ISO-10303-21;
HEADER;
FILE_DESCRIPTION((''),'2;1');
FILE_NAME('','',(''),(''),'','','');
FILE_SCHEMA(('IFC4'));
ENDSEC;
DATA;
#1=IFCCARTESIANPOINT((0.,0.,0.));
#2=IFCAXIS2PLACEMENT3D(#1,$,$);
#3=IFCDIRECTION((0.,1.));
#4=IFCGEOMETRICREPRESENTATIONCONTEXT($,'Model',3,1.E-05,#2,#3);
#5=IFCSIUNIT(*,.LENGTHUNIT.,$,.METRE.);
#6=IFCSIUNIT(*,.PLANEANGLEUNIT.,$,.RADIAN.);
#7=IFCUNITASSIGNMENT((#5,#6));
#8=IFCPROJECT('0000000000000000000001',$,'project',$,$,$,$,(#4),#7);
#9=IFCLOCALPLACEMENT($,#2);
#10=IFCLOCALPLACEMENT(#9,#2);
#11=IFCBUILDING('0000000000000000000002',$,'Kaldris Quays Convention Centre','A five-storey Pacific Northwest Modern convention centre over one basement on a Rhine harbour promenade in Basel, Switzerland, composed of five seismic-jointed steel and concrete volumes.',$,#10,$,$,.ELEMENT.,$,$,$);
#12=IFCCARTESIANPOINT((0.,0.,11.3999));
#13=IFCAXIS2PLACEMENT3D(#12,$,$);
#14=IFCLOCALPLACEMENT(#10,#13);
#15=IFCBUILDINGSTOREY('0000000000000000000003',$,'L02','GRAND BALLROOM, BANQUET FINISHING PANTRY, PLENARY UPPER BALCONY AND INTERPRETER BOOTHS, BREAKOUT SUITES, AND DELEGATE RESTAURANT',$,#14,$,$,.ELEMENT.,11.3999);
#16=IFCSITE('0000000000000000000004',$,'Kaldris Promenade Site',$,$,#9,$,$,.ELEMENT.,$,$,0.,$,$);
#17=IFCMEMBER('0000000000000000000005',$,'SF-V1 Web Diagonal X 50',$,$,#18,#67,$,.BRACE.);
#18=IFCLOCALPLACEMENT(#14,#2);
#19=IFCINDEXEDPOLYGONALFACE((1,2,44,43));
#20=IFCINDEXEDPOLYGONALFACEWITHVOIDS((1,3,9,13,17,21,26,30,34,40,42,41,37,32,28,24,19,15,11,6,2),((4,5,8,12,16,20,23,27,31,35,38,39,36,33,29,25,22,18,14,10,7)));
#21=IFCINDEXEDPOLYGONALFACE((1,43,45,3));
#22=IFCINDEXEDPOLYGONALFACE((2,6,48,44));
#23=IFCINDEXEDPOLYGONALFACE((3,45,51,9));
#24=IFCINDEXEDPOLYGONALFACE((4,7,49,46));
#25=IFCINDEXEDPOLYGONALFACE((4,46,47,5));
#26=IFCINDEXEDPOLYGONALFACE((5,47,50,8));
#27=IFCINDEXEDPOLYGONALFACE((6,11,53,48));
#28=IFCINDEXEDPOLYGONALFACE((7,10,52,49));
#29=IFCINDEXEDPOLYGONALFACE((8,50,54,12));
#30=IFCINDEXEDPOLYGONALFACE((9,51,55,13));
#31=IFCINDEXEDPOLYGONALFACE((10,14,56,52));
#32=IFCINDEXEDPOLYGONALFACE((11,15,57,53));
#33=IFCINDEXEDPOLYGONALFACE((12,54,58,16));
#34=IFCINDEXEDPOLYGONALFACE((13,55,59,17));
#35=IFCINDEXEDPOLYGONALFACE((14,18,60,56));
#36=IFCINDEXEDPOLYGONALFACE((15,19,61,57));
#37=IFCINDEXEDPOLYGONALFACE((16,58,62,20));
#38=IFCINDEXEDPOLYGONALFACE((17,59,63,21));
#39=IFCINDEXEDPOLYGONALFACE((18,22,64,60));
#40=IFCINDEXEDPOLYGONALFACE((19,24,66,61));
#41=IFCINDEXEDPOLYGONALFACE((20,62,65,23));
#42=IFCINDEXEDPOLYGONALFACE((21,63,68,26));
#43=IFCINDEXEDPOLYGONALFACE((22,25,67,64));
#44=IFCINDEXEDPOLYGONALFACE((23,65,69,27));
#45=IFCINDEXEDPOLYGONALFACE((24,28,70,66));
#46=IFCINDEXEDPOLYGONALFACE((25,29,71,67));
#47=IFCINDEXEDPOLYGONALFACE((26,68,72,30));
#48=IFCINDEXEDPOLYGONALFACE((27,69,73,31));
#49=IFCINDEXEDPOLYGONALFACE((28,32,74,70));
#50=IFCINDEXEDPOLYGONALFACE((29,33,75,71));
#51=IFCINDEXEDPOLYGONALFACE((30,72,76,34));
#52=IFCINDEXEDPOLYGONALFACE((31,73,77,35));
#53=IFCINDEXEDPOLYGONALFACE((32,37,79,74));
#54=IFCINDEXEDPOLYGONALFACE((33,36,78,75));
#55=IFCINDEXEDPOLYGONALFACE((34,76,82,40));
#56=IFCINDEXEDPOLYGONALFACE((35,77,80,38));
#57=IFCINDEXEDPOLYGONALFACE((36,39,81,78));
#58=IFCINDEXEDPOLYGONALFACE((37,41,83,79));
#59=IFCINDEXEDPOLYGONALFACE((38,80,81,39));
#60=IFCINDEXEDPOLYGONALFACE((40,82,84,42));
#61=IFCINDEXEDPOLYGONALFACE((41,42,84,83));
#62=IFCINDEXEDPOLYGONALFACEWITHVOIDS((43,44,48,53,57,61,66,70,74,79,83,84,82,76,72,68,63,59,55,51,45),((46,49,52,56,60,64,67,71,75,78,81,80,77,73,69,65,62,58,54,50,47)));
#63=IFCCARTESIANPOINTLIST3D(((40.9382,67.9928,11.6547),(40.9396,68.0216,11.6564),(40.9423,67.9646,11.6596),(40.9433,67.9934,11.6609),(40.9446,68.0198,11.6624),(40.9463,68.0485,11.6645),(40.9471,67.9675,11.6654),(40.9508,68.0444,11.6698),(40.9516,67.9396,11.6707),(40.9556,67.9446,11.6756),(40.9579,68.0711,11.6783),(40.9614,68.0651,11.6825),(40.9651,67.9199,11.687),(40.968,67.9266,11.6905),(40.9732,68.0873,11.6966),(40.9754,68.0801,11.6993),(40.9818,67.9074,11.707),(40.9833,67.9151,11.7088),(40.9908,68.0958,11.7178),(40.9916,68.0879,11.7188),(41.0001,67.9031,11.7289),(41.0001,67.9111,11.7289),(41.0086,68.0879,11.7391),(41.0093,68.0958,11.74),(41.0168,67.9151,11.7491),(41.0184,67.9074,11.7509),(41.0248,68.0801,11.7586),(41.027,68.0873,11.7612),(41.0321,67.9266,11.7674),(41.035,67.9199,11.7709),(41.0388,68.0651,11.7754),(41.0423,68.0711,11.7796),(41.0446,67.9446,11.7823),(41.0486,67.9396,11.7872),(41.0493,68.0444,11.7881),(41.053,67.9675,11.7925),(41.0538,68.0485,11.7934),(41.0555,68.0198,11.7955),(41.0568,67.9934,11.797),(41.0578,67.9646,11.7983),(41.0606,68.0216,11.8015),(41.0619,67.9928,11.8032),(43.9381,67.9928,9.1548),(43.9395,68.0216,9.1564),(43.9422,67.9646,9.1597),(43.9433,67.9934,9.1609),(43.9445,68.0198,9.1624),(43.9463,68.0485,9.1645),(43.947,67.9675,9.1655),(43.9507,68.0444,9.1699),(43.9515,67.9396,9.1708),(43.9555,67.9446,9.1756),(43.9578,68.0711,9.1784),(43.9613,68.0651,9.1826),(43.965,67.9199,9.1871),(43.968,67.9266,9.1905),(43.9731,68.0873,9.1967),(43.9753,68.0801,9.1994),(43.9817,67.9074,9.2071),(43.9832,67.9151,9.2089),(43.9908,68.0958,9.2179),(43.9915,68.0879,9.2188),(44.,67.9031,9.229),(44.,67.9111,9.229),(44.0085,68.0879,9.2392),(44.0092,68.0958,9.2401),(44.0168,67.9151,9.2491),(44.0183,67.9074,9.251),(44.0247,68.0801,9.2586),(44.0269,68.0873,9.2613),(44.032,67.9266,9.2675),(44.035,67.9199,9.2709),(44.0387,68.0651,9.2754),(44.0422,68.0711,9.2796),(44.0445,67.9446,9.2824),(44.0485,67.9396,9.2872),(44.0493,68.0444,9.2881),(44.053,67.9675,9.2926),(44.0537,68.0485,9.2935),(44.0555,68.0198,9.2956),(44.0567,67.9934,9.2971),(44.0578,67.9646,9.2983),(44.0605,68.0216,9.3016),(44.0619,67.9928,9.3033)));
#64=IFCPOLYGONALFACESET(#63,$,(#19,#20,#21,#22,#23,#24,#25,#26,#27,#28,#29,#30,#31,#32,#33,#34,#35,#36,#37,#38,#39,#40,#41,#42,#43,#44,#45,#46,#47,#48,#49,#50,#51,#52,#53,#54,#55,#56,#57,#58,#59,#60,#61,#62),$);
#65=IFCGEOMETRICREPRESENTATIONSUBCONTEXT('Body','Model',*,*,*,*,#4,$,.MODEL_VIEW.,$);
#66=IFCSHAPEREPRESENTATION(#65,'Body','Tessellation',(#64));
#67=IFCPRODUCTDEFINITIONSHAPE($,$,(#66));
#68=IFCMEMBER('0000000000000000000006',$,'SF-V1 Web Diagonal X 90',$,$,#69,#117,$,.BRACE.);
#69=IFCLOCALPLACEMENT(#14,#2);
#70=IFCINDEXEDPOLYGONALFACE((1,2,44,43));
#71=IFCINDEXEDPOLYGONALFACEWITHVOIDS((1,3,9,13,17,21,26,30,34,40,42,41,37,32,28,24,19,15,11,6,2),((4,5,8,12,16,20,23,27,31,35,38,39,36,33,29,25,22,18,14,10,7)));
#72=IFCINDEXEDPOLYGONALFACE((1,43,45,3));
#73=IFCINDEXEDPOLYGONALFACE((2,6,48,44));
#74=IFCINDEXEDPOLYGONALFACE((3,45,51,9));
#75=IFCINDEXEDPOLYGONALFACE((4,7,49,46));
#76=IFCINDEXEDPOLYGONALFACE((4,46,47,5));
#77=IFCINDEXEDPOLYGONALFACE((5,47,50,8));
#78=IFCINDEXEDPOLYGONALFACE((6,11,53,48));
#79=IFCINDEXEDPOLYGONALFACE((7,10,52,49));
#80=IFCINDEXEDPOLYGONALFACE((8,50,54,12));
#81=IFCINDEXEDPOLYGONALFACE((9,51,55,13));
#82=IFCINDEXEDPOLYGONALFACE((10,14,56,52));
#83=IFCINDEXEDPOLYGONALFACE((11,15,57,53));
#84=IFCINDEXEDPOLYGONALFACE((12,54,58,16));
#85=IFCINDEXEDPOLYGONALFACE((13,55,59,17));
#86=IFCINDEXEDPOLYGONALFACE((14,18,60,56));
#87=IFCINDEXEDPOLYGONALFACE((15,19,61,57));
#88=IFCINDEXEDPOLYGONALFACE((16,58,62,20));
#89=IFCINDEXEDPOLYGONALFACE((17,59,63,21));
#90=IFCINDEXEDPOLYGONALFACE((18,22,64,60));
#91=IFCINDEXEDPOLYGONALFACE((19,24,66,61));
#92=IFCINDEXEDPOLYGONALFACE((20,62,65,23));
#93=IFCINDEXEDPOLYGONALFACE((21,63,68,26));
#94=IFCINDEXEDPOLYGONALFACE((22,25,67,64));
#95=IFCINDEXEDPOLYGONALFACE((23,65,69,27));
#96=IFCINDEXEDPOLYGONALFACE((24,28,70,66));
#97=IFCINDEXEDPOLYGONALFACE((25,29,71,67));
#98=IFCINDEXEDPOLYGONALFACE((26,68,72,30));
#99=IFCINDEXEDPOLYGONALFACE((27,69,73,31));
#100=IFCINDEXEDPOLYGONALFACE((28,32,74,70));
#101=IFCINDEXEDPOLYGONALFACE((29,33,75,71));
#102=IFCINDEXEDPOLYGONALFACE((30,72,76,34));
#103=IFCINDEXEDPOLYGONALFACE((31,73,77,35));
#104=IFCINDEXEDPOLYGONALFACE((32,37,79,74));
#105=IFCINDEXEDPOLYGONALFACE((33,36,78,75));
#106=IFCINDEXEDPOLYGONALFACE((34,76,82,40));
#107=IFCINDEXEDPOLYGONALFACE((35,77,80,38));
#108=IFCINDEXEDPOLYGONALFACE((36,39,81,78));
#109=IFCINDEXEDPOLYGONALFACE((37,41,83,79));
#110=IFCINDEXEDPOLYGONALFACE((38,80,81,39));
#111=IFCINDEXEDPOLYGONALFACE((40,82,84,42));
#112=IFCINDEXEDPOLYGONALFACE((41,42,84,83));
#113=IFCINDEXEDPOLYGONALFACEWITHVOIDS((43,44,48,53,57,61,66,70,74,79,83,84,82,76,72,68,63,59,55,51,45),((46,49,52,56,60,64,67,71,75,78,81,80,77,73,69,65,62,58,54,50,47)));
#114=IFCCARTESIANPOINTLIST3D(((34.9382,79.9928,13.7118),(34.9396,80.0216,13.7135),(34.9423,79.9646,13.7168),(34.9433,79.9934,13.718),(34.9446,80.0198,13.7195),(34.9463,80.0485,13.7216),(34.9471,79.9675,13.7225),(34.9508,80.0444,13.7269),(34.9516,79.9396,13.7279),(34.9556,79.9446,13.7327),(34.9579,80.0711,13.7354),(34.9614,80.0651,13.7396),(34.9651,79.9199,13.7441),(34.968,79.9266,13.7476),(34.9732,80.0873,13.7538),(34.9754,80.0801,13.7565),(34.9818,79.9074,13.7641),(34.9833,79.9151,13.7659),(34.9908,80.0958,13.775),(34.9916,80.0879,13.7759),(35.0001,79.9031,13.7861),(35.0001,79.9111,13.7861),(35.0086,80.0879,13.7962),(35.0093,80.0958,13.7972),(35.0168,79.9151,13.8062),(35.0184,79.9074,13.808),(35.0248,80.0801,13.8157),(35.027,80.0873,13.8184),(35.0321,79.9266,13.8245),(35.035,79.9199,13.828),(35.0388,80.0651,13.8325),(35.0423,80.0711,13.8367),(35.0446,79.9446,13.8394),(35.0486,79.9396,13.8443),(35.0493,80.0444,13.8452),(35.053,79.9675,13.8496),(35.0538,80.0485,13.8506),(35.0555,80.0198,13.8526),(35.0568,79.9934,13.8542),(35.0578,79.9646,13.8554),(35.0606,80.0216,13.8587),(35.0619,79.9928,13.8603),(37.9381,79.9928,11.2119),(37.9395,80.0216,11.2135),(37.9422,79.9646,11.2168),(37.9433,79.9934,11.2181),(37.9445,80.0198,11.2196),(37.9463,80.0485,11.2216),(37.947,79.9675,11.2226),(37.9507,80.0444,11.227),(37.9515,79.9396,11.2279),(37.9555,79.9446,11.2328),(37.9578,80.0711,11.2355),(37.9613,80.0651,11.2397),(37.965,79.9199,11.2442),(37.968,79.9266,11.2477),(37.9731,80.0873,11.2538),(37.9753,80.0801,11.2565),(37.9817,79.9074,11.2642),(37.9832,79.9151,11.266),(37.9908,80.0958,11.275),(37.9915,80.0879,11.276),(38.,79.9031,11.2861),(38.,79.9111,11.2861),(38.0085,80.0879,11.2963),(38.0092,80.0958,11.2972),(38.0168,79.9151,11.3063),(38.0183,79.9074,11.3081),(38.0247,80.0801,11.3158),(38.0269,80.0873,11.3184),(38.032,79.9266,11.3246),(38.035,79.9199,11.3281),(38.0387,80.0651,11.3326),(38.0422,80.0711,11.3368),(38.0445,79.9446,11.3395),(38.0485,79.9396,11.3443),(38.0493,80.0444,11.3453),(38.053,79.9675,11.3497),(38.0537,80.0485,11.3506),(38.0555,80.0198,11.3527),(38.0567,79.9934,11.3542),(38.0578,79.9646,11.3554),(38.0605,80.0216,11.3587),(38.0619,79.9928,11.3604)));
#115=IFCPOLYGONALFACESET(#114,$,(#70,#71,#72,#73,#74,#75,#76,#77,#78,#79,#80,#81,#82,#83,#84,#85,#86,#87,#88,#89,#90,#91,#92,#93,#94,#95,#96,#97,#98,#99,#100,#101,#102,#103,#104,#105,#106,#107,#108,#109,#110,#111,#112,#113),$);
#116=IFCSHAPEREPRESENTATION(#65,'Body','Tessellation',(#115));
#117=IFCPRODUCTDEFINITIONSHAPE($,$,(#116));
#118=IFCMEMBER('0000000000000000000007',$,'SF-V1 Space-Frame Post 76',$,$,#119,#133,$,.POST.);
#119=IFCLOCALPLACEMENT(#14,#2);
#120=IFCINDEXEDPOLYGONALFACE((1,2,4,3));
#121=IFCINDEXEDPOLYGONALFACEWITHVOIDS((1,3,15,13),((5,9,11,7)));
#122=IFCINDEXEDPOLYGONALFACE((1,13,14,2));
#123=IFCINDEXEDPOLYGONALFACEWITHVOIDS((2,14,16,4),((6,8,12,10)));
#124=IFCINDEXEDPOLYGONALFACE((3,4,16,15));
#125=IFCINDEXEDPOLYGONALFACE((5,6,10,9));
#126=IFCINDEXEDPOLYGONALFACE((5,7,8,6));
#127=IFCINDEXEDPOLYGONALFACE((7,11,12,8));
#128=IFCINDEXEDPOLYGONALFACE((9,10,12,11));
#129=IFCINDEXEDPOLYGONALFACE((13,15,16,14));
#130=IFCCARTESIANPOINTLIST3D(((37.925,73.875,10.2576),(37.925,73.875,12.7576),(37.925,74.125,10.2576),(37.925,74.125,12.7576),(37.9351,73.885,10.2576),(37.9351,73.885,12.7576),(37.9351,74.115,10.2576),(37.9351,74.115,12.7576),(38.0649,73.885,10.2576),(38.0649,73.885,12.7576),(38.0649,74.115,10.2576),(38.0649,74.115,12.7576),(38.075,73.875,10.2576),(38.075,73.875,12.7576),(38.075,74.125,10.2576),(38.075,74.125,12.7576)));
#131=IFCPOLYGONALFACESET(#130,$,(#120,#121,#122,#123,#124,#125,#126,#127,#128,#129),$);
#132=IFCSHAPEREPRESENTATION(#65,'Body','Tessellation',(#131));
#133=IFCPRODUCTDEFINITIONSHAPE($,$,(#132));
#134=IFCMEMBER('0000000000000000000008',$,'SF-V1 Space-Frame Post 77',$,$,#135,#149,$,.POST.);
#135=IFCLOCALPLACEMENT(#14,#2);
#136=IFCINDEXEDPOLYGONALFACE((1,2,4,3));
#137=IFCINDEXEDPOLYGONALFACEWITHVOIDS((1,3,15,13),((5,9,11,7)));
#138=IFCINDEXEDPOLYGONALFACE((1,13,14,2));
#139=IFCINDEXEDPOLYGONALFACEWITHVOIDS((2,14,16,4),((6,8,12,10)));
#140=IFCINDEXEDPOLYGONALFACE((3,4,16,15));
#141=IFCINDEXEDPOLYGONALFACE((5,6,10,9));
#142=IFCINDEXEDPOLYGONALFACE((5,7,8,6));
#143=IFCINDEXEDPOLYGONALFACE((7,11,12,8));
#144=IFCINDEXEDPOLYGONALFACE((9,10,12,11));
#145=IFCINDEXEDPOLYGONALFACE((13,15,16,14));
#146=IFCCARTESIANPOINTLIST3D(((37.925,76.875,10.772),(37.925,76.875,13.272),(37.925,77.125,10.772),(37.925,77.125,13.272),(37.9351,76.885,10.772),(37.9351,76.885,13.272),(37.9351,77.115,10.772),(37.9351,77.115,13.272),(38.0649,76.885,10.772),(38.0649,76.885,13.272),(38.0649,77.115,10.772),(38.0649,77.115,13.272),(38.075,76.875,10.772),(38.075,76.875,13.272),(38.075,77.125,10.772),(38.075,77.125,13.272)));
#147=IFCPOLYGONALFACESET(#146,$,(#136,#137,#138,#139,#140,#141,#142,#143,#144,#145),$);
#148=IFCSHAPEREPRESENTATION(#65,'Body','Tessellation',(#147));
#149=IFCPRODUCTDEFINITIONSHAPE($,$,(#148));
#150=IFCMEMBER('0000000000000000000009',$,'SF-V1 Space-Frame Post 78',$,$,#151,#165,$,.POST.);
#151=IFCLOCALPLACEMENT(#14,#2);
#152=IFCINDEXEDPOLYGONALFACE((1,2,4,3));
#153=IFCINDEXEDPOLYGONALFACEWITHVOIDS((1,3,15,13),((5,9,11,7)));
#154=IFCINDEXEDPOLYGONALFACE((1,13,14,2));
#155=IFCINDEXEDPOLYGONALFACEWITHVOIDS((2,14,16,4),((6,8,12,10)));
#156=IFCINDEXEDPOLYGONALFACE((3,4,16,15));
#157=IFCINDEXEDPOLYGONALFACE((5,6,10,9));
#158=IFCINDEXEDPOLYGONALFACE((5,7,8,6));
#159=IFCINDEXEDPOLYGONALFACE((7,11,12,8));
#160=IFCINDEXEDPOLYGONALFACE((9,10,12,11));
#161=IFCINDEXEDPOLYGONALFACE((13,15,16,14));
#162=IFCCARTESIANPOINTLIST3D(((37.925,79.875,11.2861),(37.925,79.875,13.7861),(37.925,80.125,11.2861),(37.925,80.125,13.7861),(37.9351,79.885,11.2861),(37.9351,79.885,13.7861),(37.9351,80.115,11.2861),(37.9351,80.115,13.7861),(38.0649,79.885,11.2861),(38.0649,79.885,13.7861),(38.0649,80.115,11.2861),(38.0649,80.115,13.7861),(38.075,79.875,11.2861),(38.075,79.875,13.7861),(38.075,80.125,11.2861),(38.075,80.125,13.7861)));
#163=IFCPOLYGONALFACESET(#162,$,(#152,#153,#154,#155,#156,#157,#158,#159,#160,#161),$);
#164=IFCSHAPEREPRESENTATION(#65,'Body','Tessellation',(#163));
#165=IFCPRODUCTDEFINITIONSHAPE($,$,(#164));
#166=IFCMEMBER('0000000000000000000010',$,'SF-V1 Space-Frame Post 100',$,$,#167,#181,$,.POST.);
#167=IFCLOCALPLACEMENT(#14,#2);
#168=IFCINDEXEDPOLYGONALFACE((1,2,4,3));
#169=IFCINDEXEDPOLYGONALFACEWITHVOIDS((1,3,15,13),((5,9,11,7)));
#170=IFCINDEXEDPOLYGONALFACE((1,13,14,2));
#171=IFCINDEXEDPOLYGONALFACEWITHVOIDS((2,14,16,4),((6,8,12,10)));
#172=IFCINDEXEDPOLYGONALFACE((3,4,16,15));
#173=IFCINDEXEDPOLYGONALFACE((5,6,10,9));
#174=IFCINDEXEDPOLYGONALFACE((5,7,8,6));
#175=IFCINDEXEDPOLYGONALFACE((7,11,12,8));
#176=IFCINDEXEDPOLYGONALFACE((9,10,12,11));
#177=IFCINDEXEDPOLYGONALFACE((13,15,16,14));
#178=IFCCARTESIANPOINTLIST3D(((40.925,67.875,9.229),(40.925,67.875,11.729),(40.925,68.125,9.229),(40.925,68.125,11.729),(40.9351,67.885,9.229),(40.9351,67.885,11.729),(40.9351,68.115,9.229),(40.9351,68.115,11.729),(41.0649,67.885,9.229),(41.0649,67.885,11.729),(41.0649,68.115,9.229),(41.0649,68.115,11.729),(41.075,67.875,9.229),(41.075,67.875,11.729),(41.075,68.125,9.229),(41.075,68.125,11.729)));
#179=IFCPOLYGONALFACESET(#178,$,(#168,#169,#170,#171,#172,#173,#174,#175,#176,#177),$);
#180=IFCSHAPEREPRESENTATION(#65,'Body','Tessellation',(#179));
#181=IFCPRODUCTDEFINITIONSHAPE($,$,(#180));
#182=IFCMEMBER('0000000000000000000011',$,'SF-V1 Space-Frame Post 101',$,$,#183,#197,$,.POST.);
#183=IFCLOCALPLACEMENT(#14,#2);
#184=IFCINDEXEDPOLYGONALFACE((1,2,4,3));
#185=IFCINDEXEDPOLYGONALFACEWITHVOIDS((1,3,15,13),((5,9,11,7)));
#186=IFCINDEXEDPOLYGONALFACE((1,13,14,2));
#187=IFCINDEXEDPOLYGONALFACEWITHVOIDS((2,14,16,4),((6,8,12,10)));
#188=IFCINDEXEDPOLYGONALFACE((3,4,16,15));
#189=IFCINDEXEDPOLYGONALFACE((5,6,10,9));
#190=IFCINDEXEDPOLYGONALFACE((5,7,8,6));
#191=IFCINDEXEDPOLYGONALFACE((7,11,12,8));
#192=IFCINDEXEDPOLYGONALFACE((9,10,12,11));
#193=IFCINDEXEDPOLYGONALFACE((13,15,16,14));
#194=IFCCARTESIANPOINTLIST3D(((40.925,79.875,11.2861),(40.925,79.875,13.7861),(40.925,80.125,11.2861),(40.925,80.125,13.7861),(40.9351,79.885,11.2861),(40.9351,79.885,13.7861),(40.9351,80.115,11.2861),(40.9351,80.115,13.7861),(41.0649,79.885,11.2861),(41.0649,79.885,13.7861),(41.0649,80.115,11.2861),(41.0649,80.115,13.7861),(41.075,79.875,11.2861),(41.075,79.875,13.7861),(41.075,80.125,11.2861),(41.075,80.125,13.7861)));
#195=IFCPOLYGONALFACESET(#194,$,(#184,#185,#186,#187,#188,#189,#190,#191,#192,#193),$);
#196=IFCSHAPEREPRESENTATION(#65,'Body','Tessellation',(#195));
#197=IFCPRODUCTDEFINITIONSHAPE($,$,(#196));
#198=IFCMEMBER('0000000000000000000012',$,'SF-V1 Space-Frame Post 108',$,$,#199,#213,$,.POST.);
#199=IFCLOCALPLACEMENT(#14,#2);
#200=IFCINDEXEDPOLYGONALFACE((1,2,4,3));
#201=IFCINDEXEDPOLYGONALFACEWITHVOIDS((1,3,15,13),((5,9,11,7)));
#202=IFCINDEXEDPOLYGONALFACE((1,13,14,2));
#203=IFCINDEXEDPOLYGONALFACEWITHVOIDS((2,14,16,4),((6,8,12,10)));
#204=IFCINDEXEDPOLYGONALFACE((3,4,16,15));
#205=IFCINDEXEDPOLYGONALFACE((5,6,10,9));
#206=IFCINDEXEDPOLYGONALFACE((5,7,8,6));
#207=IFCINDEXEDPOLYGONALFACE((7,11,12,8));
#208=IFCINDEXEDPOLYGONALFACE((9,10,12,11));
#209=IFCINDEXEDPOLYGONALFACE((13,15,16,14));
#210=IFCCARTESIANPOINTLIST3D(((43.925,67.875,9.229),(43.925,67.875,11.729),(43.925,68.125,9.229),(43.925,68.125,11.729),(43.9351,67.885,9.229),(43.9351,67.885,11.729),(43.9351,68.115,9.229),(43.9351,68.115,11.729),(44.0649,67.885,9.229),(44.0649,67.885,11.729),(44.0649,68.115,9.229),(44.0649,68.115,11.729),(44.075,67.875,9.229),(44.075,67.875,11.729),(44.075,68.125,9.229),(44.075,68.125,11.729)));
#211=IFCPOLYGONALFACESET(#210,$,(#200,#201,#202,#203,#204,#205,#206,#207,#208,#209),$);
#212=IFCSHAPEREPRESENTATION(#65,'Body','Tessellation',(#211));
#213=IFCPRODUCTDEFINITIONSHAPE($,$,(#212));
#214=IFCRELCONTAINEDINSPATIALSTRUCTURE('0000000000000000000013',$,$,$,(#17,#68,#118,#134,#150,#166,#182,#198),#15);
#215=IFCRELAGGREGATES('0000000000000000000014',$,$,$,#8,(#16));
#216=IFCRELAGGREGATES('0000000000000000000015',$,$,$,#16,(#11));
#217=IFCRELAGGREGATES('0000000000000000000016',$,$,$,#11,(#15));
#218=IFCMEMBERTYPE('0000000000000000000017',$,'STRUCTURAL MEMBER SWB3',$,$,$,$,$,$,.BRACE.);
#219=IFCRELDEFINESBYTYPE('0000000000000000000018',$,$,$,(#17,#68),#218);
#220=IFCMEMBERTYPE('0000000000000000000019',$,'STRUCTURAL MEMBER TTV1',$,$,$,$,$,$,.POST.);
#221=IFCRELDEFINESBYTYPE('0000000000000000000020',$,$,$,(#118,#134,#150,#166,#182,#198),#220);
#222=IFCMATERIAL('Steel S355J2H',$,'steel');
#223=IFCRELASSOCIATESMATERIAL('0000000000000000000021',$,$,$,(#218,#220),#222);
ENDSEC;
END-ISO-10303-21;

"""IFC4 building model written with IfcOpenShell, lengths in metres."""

from ifc_helpers import new_model, si_unit, direction, frame, origin, origin_2d, place, context, subcontext, project, spatial, hollow_rectangle, hollow_circle, extrude, material, material_profile, profile_set, type_object, element, save


model = new_model("IFC4")

# Units and contexts
model_context = context("Model", 3, precision=1e-05, world=origin(), true_north=direction((0.0, 1.0)))
body_context = subcontext(model_context, "Body", "Model", "MODEL_VIEW")
ifc_project = project(units=[si_unit("LENGTHUNIT", "METRE"), si_unit("PLANEANGLEUNIT", "RADIAN")], contexts=[model_context])

# Site, building, storey
site_placement = place(None, origin())
site = spatial("IfcSite", under=ifc_project, at=site_placement, Name="Kaldris Promenade Site", CompositionType="ELEMENT", RefElevation=0.0)
building_placement = place(site_placement, origin())
building = spatial("IfcBuilding", under=site, at=building_placement, Name="Kaldris Quays Convention Centre", Description="A five-storey Pacific Northwest Modern convention centre over one basement on a Rhine harbour promenade in Basel, Switzerland, composed of five seismic-jointed steel and concrete volumes.", CompositionType="ELEMENT")
storey_placement = place(building_placement, frame((0.0, 0.0, 11.3999)))
storey = spatial("IfcBuildingStorey", under=building, at=storey_placement, Name="L02", Description="GRAND BALLROOM, BANQUET FINISHING PANTRY, PLENARY UPPER BALCONY AND INTERPRETER BOOTHS, BREAKOUT SUITES, AND DELEGATE RESTAURANT", CompositionType="ELEMENT", Elevation=11.3999)

# Members
ifc_material_1 = material(Name="Steel S355J2H", Category="steel")
ifc_material_profile_1 = material_profile(ifc_material_1, hollow_circle(Radius=0.0969, WallThickness=0.0081, at=origin_2d()), Name="CHS 193.7x8")
ifc_profile_set_1 = profile_set([ifc_material_profile_1], Name="Steel S355J2H")
member_type_1 = type_object("IfcMemberType", Name="STRUCTURAL MEMBER SWB3", PredefinedType="BRACE", material=ifc_profile_set_1)
for number, where, z_axis, x_axis, name in (
    (1, (44.0, 68.0, 9.229), (-0.768221, 0.0, 0.640184), (0.0, -1.0, 0.0), "SF-V1 Web Diagonal X 50"),
    (2, (38.0, 80.0, 11.2861), (-0.768221, 0.0, 0.640184), (0.0, -1.0, 0.0), "SF-V1 Web Diagonal X 90"),
):
    element("IfcMember", number, at=place(storey_placement, frame(where, z_axis=z_axis, x_axis=x_axis)), inside=storey, type_object=member_type_1, Name=name, PredefinedType="BRACE", context=body_context, shape_type="SweptSolid", body=[
        extrude(hollow_circle(Radius=0.0969, WallThickness=0.0081, at=origin_2d()), origin(), (0.0, 0.0, 1.0), 3.905),
    ])
ifc_material_profile_2 = material_profile(ifc_material_1, hollow_rectangle(XDim=0.1499, YDim=0.25, WallThickness=0.01, at=origin_2d()), Name="RHS 250x150x10")
ifc_profile_set_2 = profile_set([ifc_material_profile_2], Name="Steel S355J2H")
member_type_2 = type_object("IfcMemberType", Name="STRUCTURAL MEMBER TTV1", PredefinedType="POST", material=ifc_profile_set_2)
for number, where, z_axis, x_axis, name in (
    (3, (38.0, 74.0, 10.2576), (0.0, 0.0, 1.0), (1.0, 0.0, 0.0), "SF-V1 Space-Frame Post 76"),
    (4, (38.0, 77.0, 10.772), (0.0, 0.0, 1.0), (1.0, 0.0, 0.0), "SF-V1 Space-Frame Post 77"),
    (5, (38.0, 80.0, 11.2861), (0.0, 0.0, 1.0), (1.0, 0.0, 0.0), "SF-V1 Space-Frame Post 78"),
    (6, (41.0, 68.0, 9.229), (0.0, 0.0, 1.0), (1.0, 0.0, 0.0), "SF-V1 Space-Frame Post 100"),
    (7, (41.0, 80.0, 11.2861), (0.0, 0.0, 1.0), (1.0, 0.0, 0.0), "SF-V1 Space-Frame Post 101"),
    (8, (44.0, 68.0, 9.229), (0.0, 0.0, 1.0), (1.0, 0.0, 0.0), "SF-V1 Space-Frame Post 108"),
):
    element("IfcMember", number, at=place(storey_placement, frame(where, z_axis=z_axis, x_axis=x_axis)), inside=storey, type_object=member_type_2, Name=name, PredefinedType="POST", context=body_context, shape_type="SweptSolid", body=[
        extrude(hollow_rectangle(XDim=0.1499, YDim=0.25, WallThickness=0.01, at=origin_2d()), origin(), (0.0, 0.0, 1.0), 2.5),
    ])

save(model, "model.ifc")
